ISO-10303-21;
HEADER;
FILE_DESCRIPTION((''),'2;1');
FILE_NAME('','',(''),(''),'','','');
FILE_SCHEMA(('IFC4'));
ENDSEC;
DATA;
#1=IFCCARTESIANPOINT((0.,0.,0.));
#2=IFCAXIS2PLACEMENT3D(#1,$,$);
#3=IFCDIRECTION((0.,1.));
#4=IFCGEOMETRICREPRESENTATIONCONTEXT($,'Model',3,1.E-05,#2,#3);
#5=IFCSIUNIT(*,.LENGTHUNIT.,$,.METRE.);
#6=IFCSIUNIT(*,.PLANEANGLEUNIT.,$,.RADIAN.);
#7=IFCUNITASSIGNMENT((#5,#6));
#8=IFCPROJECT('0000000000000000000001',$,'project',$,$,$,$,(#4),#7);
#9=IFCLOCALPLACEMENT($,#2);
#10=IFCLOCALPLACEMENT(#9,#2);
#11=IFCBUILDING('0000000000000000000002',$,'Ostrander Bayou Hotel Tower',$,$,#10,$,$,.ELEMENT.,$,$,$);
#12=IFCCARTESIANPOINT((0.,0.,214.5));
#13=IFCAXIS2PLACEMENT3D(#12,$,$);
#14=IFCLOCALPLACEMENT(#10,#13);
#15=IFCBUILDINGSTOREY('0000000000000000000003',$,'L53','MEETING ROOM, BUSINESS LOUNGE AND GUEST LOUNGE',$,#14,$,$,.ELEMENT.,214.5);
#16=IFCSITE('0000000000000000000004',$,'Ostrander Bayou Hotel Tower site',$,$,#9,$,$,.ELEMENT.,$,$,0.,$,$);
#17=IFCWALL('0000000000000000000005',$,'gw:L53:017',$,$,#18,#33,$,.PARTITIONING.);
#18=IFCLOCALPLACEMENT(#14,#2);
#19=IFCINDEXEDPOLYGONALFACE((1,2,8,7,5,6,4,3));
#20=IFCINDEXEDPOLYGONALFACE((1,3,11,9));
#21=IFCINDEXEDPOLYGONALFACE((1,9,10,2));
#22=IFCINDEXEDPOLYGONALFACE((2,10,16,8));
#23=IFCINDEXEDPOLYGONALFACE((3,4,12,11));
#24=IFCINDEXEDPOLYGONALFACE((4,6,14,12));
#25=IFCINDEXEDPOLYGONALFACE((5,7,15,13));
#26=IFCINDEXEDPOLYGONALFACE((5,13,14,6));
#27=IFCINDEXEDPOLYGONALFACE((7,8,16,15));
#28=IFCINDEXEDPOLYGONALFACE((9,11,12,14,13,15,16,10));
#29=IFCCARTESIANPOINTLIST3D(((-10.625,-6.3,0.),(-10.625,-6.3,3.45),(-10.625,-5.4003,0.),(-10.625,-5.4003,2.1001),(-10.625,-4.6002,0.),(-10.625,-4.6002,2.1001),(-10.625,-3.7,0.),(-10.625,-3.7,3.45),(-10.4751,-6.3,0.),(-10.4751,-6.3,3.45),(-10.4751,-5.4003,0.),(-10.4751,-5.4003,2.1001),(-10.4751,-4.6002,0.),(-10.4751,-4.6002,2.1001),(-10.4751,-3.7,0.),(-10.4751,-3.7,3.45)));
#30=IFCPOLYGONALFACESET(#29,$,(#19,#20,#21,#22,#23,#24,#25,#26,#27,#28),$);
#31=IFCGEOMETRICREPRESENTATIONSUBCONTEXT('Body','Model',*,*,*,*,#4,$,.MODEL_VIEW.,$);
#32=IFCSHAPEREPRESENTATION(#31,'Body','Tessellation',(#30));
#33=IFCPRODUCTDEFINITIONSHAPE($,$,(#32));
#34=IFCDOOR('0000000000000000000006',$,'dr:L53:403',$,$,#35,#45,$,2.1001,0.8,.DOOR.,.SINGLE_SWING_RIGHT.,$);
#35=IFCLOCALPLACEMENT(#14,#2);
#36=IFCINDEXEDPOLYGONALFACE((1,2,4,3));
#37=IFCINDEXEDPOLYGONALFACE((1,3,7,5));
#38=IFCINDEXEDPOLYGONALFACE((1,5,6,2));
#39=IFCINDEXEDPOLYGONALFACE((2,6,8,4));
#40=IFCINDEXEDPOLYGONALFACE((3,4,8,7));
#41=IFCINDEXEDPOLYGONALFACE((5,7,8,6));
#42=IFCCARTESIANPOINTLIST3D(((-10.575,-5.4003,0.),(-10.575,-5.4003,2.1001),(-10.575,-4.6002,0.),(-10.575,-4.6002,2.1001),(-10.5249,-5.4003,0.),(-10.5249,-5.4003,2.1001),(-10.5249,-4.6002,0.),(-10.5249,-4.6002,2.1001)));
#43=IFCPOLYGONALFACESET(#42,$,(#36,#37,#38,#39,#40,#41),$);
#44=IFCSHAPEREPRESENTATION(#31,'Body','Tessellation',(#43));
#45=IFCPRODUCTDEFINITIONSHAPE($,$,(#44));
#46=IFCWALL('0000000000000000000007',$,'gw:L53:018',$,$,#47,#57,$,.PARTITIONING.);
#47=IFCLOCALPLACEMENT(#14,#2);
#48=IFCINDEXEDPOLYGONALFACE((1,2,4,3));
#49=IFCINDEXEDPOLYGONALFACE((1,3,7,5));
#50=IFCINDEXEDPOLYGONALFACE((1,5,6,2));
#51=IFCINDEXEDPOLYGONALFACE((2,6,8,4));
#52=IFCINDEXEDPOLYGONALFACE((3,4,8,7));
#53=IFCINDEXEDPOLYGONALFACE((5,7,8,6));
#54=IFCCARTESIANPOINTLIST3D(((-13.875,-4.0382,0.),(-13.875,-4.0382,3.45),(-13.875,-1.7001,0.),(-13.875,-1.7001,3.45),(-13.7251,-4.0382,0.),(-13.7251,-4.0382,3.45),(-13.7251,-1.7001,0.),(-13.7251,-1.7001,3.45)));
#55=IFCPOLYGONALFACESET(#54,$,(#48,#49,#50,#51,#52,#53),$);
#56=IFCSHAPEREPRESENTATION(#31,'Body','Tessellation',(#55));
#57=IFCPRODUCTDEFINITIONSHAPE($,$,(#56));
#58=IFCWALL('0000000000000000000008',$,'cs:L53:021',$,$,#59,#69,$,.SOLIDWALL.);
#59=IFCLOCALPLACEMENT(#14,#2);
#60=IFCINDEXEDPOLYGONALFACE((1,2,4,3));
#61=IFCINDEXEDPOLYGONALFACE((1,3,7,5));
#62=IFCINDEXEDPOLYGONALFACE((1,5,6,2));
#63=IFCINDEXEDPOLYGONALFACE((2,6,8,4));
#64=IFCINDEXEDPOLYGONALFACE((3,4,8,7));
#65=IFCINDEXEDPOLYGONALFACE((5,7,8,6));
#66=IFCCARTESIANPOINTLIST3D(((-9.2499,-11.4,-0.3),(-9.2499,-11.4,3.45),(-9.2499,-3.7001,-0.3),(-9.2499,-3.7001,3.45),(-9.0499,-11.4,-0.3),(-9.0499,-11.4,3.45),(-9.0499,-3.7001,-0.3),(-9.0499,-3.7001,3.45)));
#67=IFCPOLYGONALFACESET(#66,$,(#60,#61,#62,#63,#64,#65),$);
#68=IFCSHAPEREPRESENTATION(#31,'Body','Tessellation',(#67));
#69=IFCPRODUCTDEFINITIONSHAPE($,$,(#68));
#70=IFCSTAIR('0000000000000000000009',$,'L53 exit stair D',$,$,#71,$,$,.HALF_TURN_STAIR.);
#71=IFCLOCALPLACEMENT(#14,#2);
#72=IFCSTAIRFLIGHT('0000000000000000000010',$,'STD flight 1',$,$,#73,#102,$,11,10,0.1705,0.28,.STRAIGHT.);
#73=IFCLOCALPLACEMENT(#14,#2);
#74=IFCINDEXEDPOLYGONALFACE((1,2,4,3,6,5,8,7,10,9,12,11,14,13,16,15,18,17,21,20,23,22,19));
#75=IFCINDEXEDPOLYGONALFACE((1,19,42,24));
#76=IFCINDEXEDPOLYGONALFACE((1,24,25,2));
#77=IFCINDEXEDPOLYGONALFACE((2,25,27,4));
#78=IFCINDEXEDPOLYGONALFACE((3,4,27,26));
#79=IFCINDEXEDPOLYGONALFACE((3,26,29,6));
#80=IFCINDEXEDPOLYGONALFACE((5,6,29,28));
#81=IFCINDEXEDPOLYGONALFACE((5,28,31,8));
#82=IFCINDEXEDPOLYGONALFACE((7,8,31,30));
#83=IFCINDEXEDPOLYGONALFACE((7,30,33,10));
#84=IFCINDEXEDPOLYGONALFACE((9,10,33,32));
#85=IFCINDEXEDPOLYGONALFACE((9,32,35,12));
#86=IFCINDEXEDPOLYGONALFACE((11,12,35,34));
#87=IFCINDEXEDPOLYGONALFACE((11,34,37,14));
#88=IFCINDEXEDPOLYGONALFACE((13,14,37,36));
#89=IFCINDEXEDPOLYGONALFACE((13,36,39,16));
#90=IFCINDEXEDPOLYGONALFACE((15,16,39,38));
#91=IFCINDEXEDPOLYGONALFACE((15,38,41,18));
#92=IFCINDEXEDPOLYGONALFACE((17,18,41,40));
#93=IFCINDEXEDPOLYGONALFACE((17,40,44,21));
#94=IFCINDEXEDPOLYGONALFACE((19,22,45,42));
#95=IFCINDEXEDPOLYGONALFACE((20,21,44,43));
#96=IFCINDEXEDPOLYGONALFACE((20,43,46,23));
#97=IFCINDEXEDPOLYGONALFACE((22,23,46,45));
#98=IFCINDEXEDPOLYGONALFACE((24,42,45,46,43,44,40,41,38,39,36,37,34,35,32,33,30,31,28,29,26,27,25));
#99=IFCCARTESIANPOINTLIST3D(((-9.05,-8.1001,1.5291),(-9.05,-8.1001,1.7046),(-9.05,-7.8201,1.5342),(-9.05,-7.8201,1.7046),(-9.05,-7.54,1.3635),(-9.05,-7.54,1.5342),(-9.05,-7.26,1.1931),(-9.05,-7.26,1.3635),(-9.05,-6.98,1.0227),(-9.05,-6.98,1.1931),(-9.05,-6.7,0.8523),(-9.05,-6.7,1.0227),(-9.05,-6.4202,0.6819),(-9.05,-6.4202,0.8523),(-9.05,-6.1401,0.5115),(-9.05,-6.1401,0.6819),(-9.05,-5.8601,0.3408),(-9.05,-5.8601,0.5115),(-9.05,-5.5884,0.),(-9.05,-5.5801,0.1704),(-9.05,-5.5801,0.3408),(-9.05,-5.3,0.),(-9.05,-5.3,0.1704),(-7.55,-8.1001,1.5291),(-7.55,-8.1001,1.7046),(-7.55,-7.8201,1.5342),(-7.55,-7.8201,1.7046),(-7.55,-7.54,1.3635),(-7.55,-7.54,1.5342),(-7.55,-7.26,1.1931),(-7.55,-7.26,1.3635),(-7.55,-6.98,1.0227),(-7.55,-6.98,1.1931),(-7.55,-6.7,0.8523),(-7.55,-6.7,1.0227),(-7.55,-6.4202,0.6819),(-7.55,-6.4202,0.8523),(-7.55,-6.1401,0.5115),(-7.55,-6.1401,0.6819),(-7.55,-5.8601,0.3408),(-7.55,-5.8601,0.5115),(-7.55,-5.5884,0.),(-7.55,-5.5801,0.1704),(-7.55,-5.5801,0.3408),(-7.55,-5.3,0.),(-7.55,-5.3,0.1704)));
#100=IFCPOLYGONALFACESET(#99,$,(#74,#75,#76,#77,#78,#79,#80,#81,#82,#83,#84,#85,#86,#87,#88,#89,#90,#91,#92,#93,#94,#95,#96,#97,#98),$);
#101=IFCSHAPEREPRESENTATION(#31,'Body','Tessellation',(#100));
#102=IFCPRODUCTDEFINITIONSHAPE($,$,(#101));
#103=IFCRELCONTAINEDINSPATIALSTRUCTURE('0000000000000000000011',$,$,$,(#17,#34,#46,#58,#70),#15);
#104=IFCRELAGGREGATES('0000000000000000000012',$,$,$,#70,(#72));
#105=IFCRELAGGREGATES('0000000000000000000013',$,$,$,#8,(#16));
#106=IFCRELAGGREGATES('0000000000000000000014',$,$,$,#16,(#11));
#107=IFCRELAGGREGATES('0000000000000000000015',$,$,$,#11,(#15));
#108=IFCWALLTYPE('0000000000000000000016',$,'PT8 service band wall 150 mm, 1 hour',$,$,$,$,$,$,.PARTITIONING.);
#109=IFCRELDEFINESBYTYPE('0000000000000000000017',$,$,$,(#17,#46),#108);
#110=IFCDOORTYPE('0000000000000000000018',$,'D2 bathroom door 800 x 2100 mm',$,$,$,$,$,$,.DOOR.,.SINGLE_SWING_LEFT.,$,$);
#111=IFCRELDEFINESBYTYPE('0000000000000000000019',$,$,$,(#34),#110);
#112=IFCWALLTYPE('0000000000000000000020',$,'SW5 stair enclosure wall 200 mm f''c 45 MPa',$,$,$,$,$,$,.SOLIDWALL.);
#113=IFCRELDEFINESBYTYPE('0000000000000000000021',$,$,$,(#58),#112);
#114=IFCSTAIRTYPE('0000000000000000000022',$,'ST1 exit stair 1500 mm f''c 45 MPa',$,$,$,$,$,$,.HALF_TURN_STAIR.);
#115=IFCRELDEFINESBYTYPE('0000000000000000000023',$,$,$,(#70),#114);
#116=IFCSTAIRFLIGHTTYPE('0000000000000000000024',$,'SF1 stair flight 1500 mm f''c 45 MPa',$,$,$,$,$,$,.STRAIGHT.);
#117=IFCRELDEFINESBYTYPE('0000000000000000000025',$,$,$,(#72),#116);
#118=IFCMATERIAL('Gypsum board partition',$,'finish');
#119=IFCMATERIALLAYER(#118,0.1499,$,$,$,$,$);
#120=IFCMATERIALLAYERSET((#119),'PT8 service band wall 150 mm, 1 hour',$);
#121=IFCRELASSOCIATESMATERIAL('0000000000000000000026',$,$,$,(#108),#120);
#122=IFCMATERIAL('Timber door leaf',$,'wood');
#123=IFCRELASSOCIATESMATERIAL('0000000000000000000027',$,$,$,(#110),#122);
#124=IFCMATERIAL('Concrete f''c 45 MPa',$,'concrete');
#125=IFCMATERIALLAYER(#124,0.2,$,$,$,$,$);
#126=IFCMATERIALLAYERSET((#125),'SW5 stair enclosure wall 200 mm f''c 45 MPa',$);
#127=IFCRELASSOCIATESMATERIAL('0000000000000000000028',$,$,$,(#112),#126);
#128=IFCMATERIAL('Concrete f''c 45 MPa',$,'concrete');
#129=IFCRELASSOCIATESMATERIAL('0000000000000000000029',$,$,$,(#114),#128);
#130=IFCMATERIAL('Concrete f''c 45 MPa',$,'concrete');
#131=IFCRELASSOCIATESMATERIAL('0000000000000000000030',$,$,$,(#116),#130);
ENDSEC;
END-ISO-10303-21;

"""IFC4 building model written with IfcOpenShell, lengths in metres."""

from ifc_helpers import new_model, si_unit, direction, frame, frame_2d, origin, place, context, subcontext, project, spatial, polyline, rectangle, outline, extrude, material, layer, layer_set, type_object, element, fill, aggregate, save


model = new_model("IFC4")

# Units and contexts
model_context = context("Model", 3, precision=1e-05, world=origin(), true_north=direction((0.0, 1.0)))
body_context = subcontext(model_context, "Body", "Model", "MODEL_VIEW")
ifc_project = project(units=[si_unit("LENGTHUNIT", "METRE"), si_unit("PLANEANGLEUNIT", "RADIAN")], contexts=[model_context])

# Site, building, storey
site_placement = place(None, origin())
site = spatial("IfcSite", under=ifc_project, at=site_placement, Name="Ostrander Bayou Hotel Tower site", CompositionType="ELEMENT", RefElevation=0.0)
building_placement = place(site_placement, origin())
building = spatial("IfcBuilding", under=site, at=building_placement, Name="Ostrander Bayou Hotel Tower", CompositionType="ELEMENT")
storey_placement = place(building_placement, frame((0.0, 0.0, 214.5)))
storey = spatial("IfcBuildingStorey", under=building, at=storey_placement, Name="L53", Description="MEETING ROOM, BUSINESS LOUNGE AND GUEST LOUNGE", CompositionType="ELEMENT", Elevation=214.5)

# Shared definitions
ifc_material_1 = material(Name="Gypsum board partition", Category="finish")
ifc_layer_1 = layer(ifc_material_1, 0.1499)
ifc_layer_set_1 = layer_set([ifc_layer_1], Name="PT8 service band wall 150 mm, 1 hour")
wall_type_1 = type_object("IfcWallType", Name="PT8 service band wall 150 mm, 1 hour", PredefinedType="PARTITIONING", material=ifc_layer_set_1)

# Wall, opening, door
wall_1_placement = place(storey_placement, frame((-10.55, -6.3, 0.0), z_axis=(0.0, 0.0, 1.0), x_axis=(0.0, 1.0, 0.0)))
wall_1 = element("IfcWall", 1, at=wall_1_placement, inside=storey, type_object=wall_type_1, Name="gw:L53:017", PredefinedType="PARTITIONING", context=body_context, shape_type="SweptSolid", body=[
    extrude(rectangle(XDim=2.6001, YDim=0.1499, at=frame_2d((1.3, 0.0))), origin(), (0.0, 0.0, 1.0), 3.45),
])
opening_1_placement = place(wall_1_placement, frame((0.8999, 0.0, 0.0)))
opening_1 = element("IfcOpeningElement", 2, at=opening_1_placement, cuts=wall_1, PredefinedType="OPENING", context=body_context, shape_type="SweptSolid", body=[
    extrude(rectangle(XDim=0.8, YDim=2.1001, at=frame_2d((0.3999, 1.05))), frame((0.0, 0.075, 0.0), z_axis=(0.0, -1.0, 0.0), x_axis=(1.0, 0.0, 0.0)), (0.0, 0.0, 1.0), 0.1499),
])
ifc_material_2 = material(Name="Timber door leaf", Category="wood")
door_type_1 = type_object("IfcDoorType", Name="D2 bathroom door 800 x 2100 mm", OperationType="SINGLE_SWING_LEFT", PredefinedType="DOOR", material=ifc_material_2)
door_1_placement = place(opening_1_placement, origin())
door_1 = element("IfcDoor", 3, at=door_1_placement, inside=storey, type_object=door_type_1, Name="dr:L53:403", OperationType="SINGLE_SWING_RIGHT", OverallHeight=2.1001, OverallWidth=0.8, PredefinedType="DOOR", context=body_context, shape_type="SweptSolid", body=[
    extrude(rectangle(XDim=0.8, YDim=2.1001, at=frame_2d((0.3999, 1.05))), frame((0.0, 0.0249, 0.0), z_axis=(0.0, -1.0, 0.0), x_axis=(1.0, 0.0, 0.0)), (0.0, 0.0, 1.0), 0.05),
])
fill(opening_1, door_1)

# Wall
wall_2_placement = place(storey_placement, frame((-13.8, -4.0381, 0.0), z_axis=(0.0, 0.0, 1.0), x_axis=(0.0, 1.0, 0.0)))
element("IfcWall", 4, at=wall_2_placement, inside=storey, type_object=wall_type_1, Name="gw:L53:018", PredefinedType="PARTITIONING", context=body_context, shape_type="SweptSolid", body=[
    extrude(rectangle(XDim=2.3381, YDim=0.1499, at=frame_2d((1.1689, 0.0))), origin(), (0.0, 0.0, 1.0), 3.45),
])

# Shared definitions
ifc_material_3 = material(Name="Concrete f'c 45 MPa", Category="concrete")
ifc_layer_2 = layer(ifc_material_3, 0.2)
ifc_layer_set_2 = layer_set([ifc_layer_2], Name="SW5 stair enclosure wall 200 mm f'c 45 MPa")
wall_type_2 = type_object("IfcWallType", Name="SW5 stair enclosure wall 200 mm f'c 45 MPa", PredefinedType="SOLIDWALL", material=ifc_layer_set_2)

# Wall
wall_3_placement = place(storey_placement, frame((-9.1499, -3.7, -0.3), z_axis=(0.0, 0.0, 1.0), x_axis=(0.0, -1.0, 0.0)))
element("IfcWall", 5, at=wall_3_placement, inside=storey, type_object=wall_type_2, Name="cs:L53:021", PredefinedType="SOLIDWALL", context=body_context, shape_type="SweptSolid", body=[
    extrude(rectangle(XDim=7.7, YDim=0.2, at=frame_2d((3.8501, 0.0))), origin(), (0.0, 0.0, 1.0), 3.75),
])

# Stair, stair flight
ifc_material_4 = material(Name="Concrete f'c 45 MPa", Category="concrete")
stair_type = type_object("IfcStairType", Name="ST1 exit stair 1500 mm f'c 45 MPa", PredefinedType="HALF_TURN_STAIR", material=ifc_material_4)
stair_placement = place(storey_placement, origin())
stair = element("IfcStair", 6, at=stair_placement, inside=storey, type_object=stair_type, Name="L53 exit stair D", PredefinedType="HALF_TURN_STAIR")
ifc_material_5 = material(Name="Concrete f'c 45 MPa", Category="concrete")
stair_flight_type = type_object("IfcStairFlightType", Name="SF1 stair flight 1500 mm f'c 45 MPa", PredefinedType="STRAIGHT", material=ifc_material_5)
stair_flight_placement = place(storey_placement, frame((-8.3, -5.3, 0.0), z_axis=(0.0, 0.0, 1.0), x_axis=(0.0, -1.0, 0.0)))
stair_flight = element("IfcStairFlight", 7, at=stair_flight_placement, type_object=stair_flight_type, Name="STD flight 1", NumberOfRisers=11, NumberOfTreads=10, PredefinedType="STRAIGHT", RiserHeight=0.1705, TreadLength=0.28, context=body_context, shape_type="SweptSolid", body=[
    extrude(outline(polyline([(0.0, 0.0), (0.0, 0.1704), (0.28, 0.1704), (0.28, 0.3408), (0.5601, 0.3408), (0.5601, 0.5115), (0.8401, 0.5115), (0.8401, 0.6819), (1.1201, 0.6819), (1.1201, 0.8523), (1.3999, 0.8523), (1.3999, 1.0227), (1.6799, 1.0227), (1.6799, 1.1931), (1.96, 1.1931), (1.96, 1.3635), (2.24, 1.3635), (2.24, 1.5342), (2.52, 1.5342), (2.52, 1.7046), (2.8, 1.7046), (2.8, 1.875), (2.8, 1.5291), (0.2883, 0.0), (0.0, 0.0)])), frame((0.0, 0.75, 0.0), z_axis=(0.0, -1.0, 0.0), x_axis=(1.0, 0.0, 0.0)), (0.0, 0.0, 1.0), 1.5),
])
aggregate(stair, [stair_flight])

save(model, "model.ifc")
